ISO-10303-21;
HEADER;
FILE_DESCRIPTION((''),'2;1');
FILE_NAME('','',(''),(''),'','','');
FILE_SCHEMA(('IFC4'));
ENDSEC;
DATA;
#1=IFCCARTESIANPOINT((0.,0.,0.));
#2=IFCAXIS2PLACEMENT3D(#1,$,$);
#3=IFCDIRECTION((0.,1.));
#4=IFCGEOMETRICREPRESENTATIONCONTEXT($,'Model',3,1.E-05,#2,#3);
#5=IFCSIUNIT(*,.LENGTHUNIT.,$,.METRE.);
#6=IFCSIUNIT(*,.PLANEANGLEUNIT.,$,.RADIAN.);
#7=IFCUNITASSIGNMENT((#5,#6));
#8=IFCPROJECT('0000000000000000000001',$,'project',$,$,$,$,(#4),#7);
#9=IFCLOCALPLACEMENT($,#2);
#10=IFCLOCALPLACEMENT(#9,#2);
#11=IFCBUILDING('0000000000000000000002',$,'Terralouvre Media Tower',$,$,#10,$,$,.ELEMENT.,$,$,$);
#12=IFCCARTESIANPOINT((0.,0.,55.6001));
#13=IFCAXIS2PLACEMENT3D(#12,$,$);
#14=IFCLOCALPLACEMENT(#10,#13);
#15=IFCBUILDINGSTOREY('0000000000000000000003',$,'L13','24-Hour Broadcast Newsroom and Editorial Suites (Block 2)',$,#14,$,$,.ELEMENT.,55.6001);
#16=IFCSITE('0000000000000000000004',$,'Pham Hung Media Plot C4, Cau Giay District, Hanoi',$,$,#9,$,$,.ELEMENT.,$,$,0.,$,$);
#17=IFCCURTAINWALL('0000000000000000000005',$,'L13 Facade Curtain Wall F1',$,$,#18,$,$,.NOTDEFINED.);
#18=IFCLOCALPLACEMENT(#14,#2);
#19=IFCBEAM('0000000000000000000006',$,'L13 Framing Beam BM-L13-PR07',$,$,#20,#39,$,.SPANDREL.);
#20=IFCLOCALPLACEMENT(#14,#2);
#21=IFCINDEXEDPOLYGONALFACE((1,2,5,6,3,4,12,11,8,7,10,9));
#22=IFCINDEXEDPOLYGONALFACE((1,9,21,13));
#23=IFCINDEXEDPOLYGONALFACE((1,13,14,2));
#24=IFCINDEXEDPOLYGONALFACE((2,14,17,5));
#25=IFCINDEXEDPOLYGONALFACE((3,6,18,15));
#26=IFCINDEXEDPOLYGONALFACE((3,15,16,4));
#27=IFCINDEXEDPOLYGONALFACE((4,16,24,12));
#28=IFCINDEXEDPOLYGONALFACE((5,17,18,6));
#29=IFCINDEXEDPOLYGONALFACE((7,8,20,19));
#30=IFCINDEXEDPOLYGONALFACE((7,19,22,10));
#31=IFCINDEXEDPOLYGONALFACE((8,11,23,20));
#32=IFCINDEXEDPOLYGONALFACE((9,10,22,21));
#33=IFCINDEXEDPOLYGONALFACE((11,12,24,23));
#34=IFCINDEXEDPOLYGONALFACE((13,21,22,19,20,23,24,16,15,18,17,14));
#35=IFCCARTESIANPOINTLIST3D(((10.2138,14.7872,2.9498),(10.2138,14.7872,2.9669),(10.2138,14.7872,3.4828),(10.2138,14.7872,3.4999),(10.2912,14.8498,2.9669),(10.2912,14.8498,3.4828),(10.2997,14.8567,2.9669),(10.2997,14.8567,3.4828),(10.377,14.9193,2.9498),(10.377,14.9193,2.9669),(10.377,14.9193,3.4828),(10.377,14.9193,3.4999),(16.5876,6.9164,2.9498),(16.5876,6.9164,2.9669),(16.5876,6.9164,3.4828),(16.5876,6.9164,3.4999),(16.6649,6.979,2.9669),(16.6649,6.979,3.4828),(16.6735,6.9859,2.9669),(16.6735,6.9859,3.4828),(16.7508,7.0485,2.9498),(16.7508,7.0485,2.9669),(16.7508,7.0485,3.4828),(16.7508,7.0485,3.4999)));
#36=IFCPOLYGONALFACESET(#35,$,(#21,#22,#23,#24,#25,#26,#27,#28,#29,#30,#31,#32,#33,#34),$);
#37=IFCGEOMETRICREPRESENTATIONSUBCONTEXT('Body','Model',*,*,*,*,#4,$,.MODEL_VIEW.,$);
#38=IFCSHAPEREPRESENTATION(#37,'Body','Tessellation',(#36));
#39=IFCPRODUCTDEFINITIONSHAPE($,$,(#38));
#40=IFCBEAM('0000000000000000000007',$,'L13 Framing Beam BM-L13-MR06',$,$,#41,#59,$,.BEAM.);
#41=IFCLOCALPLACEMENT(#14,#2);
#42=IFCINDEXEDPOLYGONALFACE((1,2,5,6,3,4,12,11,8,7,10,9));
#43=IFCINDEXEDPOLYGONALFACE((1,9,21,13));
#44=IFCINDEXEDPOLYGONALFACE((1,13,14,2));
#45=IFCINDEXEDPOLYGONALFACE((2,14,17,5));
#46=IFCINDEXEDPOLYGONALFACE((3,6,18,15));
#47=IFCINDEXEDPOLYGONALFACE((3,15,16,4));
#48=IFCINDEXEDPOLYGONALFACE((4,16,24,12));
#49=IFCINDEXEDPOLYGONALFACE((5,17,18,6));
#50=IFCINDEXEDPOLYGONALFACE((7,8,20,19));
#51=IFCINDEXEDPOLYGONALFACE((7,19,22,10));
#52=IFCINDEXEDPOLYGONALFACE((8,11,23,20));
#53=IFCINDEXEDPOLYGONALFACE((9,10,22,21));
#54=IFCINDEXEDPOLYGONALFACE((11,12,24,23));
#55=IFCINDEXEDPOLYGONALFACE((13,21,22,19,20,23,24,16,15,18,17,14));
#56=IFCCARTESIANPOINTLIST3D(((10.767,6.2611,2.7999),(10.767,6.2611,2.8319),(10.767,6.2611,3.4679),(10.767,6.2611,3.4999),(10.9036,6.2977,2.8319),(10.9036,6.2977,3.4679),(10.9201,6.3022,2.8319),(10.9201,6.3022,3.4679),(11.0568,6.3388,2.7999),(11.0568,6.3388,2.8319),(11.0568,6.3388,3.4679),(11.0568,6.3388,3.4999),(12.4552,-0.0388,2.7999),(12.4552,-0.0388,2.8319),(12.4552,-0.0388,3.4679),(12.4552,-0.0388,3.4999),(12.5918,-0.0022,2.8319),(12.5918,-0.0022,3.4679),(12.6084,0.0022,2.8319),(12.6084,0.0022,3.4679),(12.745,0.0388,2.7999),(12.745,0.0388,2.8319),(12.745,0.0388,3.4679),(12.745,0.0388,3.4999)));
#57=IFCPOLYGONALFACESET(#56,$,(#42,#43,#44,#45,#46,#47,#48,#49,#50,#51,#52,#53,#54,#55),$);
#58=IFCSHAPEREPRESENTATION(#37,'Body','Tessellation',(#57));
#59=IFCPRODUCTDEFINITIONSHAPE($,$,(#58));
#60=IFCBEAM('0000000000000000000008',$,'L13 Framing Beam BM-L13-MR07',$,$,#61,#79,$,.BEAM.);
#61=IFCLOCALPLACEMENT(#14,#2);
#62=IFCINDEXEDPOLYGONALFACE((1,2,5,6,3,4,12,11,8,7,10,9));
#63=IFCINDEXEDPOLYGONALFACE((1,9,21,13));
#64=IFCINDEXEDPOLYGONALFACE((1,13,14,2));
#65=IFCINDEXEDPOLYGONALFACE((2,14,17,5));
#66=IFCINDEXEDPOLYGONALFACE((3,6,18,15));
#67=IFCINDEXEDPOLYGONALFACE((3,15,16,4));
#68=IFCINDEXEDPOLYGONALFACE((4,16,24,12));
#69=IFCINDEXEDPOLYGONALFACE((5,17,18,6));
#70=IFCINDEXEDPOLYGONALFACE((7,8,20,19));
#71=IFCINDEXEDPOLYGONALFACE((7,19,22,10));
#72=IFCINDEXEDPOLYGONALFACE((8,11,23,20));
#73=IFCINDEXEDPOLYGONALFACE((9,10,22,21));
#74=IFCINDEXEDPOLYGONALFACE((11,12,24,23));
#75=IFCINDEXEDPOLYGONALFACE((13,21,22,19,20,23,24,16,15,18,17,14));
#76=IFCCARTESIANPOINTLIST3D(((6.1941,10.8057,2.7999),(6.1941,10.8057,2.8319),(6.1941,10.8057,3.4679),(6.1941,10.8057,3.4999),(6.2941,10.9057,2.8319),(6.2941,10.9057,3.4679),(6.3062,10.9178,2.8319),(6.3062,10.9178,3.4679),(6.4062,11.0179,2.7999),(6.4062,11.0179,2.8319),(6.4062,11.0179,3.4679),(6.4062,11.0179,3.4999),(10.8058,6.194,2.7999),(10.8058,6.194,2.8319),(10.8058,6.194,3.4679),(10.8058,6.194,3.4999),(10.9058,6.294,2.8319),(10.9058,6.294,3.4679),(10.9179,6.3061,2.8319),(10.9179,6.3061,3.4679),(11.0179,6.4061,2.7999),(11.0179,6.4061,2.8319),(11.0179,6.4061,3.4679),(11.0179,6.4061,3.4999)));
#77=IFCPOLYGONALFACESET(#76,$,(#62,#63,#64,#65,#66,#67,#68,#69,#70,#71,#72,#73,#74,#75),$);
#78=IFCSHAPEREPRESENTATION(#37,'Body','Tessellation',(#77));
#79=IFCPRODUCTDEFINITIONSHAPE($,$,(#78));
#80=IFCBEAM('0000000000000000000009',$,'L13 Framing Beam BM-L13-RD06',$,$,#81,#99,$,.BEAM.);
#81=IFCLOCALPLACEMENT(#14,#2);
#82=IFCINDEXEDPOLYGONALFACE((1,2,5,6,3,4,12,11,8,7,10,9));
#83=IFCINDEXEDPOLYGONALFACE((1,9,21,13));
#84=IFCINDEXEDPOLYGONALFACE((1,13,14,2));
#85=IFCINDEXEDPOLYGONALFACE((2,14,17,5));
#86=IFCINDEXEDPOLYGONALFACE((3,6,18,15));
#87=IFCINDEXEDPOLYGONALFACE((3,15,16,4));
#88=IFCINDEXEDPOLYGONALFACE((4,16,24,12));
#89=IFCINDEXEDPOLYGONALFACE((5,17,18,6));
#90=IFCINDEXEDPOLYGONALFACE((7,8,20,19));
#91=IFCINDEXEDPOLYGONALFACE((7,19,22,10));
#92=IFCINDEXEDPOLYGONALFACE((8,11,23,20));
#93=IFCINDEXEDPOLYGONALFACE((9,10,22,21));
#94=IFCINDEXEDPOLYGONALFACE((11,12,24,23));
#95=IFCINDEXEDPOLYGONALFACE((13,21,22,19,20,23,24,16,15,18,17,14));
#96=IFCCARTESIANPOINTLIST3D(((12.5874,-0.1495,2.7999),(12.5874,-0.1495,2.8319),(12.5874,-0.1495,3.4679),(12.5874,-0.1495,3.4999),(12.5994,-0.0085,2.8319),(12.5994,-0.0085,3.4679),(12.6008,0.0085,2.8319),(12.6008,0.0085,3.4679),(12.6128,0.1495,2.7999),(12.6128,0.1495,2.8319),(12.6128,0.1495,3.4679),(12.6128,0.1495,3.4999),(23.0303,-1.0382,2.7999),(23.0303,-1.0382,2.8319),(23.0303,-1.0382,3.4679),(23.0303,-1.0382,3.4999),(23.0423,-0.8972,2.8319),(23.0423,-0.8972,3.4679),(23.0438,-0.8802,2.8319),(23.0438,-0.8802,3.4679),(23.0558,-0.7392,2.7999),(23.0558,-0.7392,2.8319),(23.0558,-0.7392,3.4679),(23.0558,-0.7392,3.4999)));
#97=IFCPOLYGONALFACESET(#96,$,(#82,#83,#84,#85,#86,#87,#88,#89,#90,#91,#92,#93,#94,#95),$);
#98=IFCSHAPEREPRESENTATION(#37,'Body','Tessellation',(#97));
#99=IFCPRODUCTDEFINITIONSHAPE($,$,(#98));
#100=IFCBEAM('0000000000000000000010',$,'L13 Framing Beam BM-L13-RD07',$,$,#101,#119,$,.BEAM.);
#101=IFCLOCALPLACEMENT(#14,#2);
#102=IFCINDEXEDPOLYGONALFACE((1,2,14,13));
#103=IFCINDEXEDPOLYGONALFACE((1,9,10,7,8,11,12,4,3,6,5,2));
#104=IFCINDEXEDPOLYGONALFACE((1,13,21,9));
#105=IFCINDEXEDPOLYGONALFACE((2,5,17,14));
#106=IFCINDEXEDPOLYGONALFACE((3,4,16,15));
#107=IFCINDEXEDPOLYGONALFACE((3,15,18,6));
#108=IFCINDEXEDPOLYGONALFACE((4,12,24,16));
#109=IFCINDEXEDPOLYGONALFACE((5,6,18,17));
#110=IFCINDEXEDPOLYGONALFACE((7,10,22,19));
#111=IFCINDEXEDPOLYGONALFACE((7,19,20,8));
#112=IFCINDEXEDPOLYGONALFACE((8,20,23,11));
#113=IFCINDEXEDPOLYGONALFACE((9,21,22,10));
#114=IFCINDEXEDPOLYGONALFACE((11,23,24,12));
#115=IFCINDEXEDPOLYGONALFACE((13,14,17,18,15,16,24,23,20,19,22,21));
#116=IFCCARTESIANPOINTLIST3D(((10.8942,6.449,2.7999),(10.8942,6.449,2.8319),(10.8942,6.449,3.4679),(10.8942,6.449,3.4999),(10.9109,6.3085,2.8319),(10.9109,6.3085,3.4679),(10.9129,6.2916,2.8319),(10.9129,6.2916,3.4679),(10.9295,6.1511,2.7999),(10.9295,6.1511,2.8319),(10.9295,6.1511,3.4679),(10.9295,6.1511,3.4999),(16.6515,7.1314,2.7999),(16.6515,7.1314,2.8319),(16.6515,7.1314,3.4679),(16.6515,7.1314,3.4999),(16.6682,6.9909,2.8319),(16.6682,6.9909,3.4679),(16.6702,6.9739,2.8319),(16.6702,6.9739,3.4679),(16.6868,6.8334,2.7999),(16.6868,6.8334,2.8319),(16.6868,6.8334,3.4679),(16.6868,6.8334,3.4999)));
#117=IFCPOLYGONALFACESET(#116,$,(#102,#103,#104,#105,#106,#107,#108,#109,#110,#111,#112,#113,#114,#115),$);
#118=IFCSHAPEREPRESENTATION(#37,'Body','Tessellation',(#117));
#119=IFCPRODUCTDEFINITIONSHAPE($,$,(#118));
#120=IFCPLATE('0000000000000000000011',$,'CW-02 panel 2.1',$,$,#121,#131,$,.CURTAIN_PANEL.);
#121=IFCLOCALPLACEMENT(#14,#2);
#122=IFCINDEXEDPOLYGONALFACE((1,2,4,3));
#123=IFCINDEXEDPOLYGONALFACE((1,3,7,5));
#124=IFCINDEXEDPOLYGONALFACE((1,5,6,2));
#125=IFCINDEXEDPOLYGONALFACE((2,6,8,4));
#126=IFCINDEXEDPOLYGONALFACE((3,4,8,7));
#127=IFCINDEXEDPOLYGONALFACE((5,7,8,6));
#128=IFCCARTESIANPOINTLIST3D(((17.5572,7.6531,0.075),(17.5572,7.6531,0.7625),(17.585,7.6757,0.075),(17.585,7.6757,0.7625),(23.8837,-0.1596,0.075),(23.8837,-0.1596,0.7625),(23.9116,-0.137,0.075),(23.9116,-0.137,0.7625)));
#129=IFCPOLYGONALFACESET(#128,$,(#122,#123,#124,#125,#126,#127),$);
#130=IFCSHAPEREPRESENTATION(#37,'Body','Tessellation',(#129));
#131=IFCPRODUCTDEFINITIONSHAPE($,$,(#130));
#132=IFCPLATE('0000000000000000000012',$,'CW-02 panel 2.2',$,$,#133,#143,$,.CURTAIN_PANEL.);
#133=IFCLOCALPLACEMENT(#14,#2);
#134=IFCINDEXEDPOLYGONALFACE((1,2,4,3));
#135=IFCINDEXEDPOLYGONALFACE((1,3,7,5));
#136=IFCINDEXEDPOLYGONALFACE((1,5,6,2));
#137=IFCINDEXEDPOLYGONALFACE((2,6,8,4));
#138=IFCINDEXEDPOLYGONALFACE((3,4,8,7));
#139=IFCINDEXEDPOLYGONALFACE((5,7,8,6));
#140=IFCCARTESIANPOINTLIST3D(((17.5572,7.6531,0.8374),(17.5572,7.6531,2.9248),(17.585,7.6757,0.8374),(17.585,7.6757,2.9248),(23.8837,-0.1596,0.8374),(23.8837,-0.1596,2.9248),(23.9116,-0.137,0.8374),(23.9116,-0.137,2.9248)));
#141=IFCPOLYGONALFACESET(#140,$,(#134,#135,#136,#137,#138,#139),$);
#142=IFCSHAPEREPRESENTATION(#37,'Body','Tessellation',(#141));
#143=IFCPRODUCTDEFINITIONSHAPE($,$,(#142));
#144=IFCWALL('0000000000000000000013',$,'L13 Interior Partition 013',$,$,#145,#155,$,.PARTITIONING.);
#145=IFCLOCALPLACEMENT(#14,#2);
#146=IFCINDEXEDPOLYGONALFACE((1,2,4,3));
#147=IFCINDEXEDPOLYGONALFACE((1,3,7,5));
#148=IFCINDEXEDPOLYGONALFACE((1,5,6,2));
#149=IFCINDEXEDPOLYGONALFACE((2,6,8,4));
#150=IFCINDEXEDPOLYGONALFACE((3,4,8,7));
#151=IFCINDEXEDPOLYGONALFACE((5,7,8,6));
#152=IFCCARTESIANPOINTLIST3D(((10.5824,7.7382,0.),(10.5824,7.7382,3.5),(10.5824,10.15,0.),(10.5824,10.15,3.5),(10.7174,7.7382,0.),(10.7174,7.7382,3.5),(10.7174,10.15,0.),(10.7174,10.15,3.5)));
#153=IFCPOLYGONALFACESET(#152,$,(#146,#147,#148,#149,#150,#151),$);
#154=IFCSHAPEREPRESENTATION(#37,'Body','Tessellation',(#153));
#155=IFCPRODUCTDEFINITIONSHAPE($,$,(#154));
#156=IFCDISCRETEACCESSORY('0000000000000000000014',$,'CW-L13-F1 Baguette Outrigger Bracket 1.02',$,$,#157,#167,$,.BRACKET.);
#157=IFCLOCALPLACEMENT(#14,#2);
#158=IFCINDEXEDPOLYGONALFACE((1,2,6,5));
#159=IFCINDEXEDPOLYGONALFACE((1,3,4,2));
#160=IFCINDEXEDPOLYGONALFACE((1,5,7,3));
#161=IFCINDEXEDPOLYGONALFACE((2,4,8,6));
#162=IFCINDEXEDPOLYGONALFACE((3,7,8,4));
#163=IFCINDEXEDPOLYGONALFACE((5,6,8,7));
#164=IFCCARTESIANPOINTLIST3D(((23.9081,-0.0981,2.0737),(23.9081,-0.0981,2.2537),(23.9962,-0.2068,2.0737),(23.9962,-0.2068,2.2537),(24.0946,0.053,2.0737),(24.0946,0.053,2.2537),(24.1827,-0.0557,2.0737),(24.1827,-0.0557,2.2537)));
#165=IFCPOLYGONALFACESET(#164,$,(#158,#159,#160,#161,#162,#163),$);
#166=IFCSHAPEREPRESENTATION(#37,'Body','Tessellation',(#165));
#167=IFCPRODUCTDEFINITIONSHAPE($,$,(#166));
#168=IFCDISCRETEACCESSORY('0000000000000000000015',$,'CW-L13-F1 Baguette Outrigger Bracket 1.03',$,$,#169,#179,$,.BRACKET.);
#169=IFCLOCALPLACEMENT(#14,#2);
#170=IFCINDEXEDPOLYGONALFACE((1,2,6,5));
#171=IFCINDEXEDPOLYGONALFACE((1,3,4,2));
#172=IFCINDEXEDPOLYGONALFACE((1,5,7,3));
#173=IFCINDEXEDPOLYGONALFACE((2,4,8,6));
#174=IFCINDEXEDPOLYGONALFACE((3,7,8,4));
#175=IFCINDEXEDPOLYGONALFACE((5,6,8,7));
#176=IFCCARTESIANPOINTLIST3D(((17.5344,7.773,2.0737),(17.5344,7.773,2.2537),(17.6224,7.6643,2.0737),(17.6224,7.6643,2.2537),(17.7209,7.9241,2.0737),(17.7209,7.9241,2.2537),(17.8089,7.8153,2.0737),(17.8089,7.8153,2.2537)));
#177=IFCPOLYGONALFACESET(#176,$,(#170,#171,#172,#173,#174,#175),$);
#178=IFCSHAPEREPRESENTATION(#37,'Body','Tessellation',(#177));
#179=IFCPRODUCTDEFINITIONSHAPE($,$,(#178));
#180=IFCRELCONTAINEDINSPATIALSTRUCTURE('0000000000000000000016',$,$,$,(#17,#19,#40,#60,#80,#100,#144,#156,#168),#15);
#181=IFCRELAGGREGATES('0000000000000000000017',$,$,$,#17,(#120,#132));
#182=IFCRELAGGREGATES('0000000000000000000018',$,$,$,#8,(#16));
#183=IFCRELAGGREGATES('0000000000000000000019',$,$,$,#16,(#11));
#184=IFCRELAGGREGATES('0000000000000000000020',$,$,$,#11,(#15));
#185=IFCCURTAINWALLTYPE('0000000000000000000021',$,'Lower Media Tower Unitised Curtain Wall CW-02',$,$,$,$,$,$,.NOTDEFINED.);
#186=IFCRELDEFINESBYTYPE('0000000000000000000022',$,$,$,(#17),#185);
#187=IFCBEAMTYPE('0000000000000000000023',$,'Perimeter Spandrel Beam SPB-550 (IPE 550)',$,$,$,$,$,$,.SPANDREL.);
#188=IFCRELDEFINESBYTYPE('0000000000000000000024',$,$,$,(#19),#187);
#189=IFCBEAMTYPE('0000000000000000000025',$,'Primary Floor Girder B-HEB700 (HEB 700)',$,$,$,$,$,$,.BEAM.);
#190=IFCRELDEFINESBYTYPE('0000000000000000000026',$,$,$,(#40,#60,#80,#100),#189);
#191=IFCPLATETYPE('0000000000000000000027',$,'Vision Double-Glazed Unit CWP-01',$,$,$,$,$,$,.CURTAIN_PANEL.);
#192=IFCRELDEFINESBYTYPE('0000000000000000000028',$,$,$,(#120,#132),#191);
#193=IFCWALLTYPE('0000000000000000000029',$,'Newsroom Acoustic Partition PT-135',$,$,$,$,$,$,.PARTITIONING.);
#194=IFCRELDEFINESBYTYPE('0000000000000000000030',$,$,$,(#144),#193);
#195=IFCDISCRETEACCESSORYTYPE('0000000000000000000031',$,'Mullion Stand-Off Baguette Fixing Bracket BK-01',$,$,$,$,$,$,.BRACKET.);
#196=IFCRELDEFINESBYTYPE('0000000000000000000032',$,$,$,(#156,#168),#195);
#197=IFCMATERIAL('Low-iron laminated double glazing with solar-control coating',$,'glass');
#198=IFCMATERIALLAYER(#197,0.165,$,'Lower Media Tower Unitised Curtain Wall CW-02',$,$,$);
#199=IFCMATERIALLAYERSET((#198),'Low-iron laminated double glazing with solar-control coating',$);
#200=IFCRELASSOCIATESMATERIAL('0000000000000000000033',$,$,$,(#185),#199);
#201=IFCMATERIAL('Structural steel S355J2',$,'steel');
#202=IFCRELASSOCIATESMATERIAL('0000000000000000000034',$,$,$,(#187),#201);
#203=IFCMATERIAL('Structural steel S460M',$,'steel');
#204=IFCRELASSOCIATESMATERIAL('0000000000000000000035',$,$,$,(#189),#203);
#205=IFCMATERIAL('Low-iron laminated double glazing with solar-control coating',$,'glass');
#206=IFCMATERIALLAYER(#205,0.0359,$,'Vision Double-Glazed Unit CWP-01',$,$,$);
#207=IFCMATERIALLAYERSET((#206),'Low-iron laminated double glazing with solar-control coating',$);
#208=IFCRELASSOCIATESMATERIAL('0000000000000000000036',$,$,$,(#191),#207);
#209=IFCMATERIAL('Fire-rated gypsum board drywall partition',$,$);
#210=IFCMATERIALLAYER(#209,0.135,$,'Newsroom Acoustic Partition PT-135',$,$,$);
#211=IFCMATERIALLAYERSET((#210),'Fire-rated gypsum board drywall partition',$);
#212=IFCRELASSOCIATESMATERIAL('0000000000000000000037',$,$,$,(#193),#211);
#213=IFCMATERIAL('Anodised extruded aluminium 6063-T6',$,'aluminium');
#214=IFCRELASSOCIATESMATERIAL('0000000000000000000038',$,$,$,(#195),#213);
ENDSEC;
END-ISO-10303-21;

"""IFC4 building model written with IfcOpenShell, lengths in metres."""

from ifc_helpers import new_model, si_unit, direction, frame, frame_2d, origin, origin_2d, place, context, subcontext, project, spatial, rectangle, i_section, extrude, material, layer, layer_set, material_profile, profile_set, type_object, element, aggregate, save


model = new_model("IFC4")

# Units and contexts
model_context = context("Model", 3, precision=1e-05, world=origin(), true_north=direction((0.0, 1.0)))
body_context = subcontext(model_context, "Body", "Model", "MODEL_VIEW")
ifc_project = project(units=[si_unit("LENGTHUNIT", "METRE"), si_unit("PLANEANGLEUNIT", "RADIAN")], contexts=[model_context])

# Site, building, storey
site_placement = place(None, origin())
site = spatial("IfcSite", under=ifc_project, at=site_placement, Name="Pham Hung Media Plot C4, Cau Giay District, Hanoi", CompositionType="ELEMENT", RefElevation=0.0)
building_placement = place(site_placement, origin())
building = spatial("IfcBuilding", under=site, at=building_placement, Name="Terralouvre Media Tower", CompositionType="ELEMENT")
storey_placement = place(building_placement, frame((0.0, 0.0, 55.6001)))
storey = spatial("IfcBuildingStorey", under=building, at=storey_placement, Name="L13", Description="24-Hour Broadcast Newsroom and Editorial Suites (Block 2)", CompositionType="ELEMENT", Elevation=55.6001)

# Curtain wall
ifc_material_1 = material(Name="Low-iron laminated double glazing with solar-control coating", Category="glass")
ifc_layer_1 = layer(ifc_material_1, 0.165, Name="Lower Media Tower Unitised Curtain Wall CW-02")
ifc_layer_set_1 = layer_set([ifc_layer_1], Name="Low-iron laminated double glazing with solar-control coating")
curtain_wall_type = type_object("IfcCurtainWallType", Name="Lower Media Tower Unitised Curtain Wall CW-02", PredefinedType="NOTDEFINED", material=ifc_layer_set_1)
curtain_wall_placement = place(storey_placement, origin())
curtain_wall = element("IfcCurtainWall", 1, at=curtain_wall_placement, inside=storey, type_object=curtain_wall_type, Name="L13 Facade Curtain Wall F1", PredefinedType="NOTDEFINED")

# Beams
ifc_material_2 = material(Name="Structural steel S355J2", Category="steel")
ifc_material_profile_1 = material_profile(ifc_material_2, i_section(OverallWidth=0.21, OverallDepth=0.55, WebThickness=0.011, FlangeThickness=0.0171, at=origin_2d()), Name="IPE 550")
ifc_profile_set_1 = profile_set([ifc_material_profile_1], Name="Structural steel S355J2")
beam_type_1 = type_object("IfcBeamType", Name="Perimeter Spandrel Beam SPB-550 (IPE 550)", PredefinedType="SPANDREL", material=ifc_profile_set_1)
beam_1_placement = place(storey_placement, frame((16.6692, 6.9824, 3.2249), z_axis=(-0.629326, 0.777142, 0.0), x_axis=(-0.777142, -0.629326, 0.0)))
element("IfcBeam", 2, at=beam_1_placement, inside=storey, type_object=beam_type_1, Name="L13 Framing Beam BM-L13-PR07", PredefinedType="SPANDREL", context=body_context, shape_type="SweptSolid", body=[
    extrude(i_section(OverallWidth=0.21, OverallDepth=0.55, WebThickness=0.011, FlangeThickness=0.0171, at=origin_2d()), origin(), (0.0, 0.0, 1.0), 10.1279),
])
ifc_material_3 = material(Name="Structural steel S460M", Category="steel")
ifc_material_profile_2 = material_profile(ifc_material_3, i_section(OverallWidth=0.3, OverallDepth=0.7, WebThickness=0.0171, FlangeThickness=0.032, at=origin_2d()), Name="HEB 700")
ifc_profile_set_2 = profile_set([ifc_material_profile_2], Name="Structural steel S460M")
beam_type_2 = type_object("IfcBeamType", Name="Primary Floor Girder B-HEB700 (HEB 700)", PredefinedType="BEAM", material=ifc_profile_set_2)
beam_2_placement = place(storey_placement, frame((12.6001, 0.0, 3.1499), z_axis=(-0.258839, 0.96592, 0.0), x_axis=(-0.96592, -0.258839, 0.0)))
element("IfcBeam", 3, at=beam_2_placement, inside=storey, type_object=beam_type_2, Name="L13 Framing Beam BM-L13-MR06", PredefinedType="BEAM", context=body_context, shape_type="SweptSolid", body=[
    extrude(i_section(OverallWidth=0.3, OverallDepth=0.7, WebThickness=0.0171, FlangeThickness=0.032, at=origin_2d()), origin(), (0.0, 0.0, 1.0), 6.5222),
])
beam_3_placement = place(storey_placement, frame((10.9119, 6.3, 3.1499), z_axis=(-0.707107, 0.707107, 0.0), x_axis=(-0.707107, -0.707107, 0.0)))
element("IfcBeam", 4, at=beam_3_placement, inside=storey, type_object=beam_type_2, Name="L13 Framing Beam BM-L13-MR07", PredefinedType="BEAM", context=body_context, shape_type="SweptSolid", body=[
    extrude(i_section(OverallWidth=0.3, OverallDepth=0.7, WebThickness=0.0171, FlangeThickness=0.032, at=origin_2d()), origin(), (0.0, 0.0, 1.0), 6.522),
])
beam_4_placement = place(storey_placement, frame((12.6001, 0.0, 3.1499), z_axis=(0.996399, -0.084792, 0.0), x_axis=(0.084792, 0.996399, 0.0)))
element("IfcBeam", 5, at=beam_4_placement, inside=storey, type_object=beam_type_2, Name="L13 Framing Beam BM-L13-RD06", PredefinedType="BEAM", context=body_context, shape_type="SweptSolid", body=[
    extrude(i_section(OverallWidth=0.3, OverallDepth=0.7, WebThickness=0.0171, FlangeThickness=0.032, at=origin_2d()), origin(), (0.0, 0.0, 1.0), 10.4807),
])
beam_5_placement = place(storey_placement, frame((10.9119, 6.3, 3.1499), z_axis=(0.993049, 0.117699, 0.0), x_axis=(-0.117699, 0.993049, 0.0)))
element("IfcBeam", 6, at=beam_5_placement, inside=storey, type_object=beam_type_2, Name="L13 Framing Beam BM-L13-RD07", PredefinedType="BEAM", context=body_context, shape_type="SweptSolid", body=[
    extrude(i_section(OverallWidth=0.3, OverallDepth=0.7, WebThickness=0.0171, FlangeThickness=0.032, at=origin_2d()), origin(), (0.0, 0.0, 1.0), 5.7976),
])

# Plates
ifc_material_4 = material(Name="Low-iron laminated double glazing with solar-control coating", Category="glass")
ifc_layer_2 = layer(ifc_material_4, 0.0359, Name="Vision Double-Glazed Unit CWP-01")
ifc_layer_set_2 = layer_set([ifc_layer_2], Name="Low-iron laminated double glazing with solar-control coating")
plate_type = type_object("IfcPlateType", Name="Vision Double-Glazed Unit CWP-01", PredefinedType="CURTAIN_PANEL", material=ifc_layer_set_2)
plate_1_placement = place(storey_placement, frame((20.7344, 3.7581, 0.075), z_axis=(0.0, 0.0, 1.0), x_axis=(-0.62932, 0.777146, 0.0)))
plate_1 = element("IfcPlate", 7, at=plate_1_placement, type_object=plate_type, Name="CW-02 panel 2.1", PredefinedType="CURTAIN_PANEL", context=body_context, shape_type="SweptSolid", body=[
    extrude(rectangle(XDim=10.053, YDim=0.0359, at=origin_2d()), origin(), (0.0, 0.0, 1.0), 0.6875),
])
plate_2_placement = place(storey_placement, frame((20.7344, 3.7581, 0.8374), z_axis=(0.0, 0.0, 1.0), x_axis=(-0.62932, 0.777146, 0.0)))
plate_2 = element("IfcPlate", 8, at=plate_2_placement, type_object=plate_type, Name="CW-02 panel 2.2", PredefinedType="CURTAIN_PANEL", context=body_context, shape_type="SweptSolid", body=[
    extrude(rectangle(XDim=10.053, YDim=0.0359, at=origin_2d()), origin(), (0.0, 0.0, 1.0), 2.0874),
])
aggregate(curtain_wall, [plate_1, plate_2])

# Wall
ifc_material_5 = material(Name="Fire-rated gypsum board drywall partition")
ifc_layer_3 = layer(ifc_material_5, 0.135, Name="Newsroom Acoustic Partition PT-135")
ifc_layer_set_3 = layer_set([ifc_layer_3], Name="Fire-rated gypsum board drywall partition")
wall_type = type_object("IfcWallType", Name="Newsroom Acoustic Partition PT-135", PredefinedType="PARTITIONING", material=ifc_layer_set_3)
wall_placement = place(storey_placement, frame((10.6499, 7.738, 0.0), z_axis=(0.0, 0.0, 1.0), x_axis=(0.0, 1.0, 0.0)))
element("IfcWall", 9, at=wall_placement, inside=storey, type_object=wall_type, Name="L13 Interior Partition 013", PredefinedType="PARTITIONING", context=body_context, shape_type="SweptSolid", body=[
    extrude(rectangle(XDim=2.4119, YDim=0.135, at=frame_2d((1.2061, 0.0))), origin(), (0.0, 0.0, 1.0), 3.5),
])

# Discrete accessories
ifc_material_6 = material(Name="Anodised extruded aluminium 6063-T6", Category="aluminium")
discrete_accessory_type = type_object("IfcDiscreteAccessoryType", Name="Mullion Stand-Off Baguette Fixing Bracket BK-01", PredefinedType="BRACKET", material=ifc_material_6)
for number, where, z_axis, x_axis, name in (
    (10, (24.0454, -0.0769, 2.0737), (0.0, 0.0, 1.0), (-0.62932, 0.777146, 0.0), "CW-L13-F1 Baguette Outrigger Bracket 1.02"),
    (11, (17.6716, 7.7942, 2.0737), (0.0, 0.0, 1.0), (-0.62932, 0.777146, 0.0), "CW-L13-F1 Baguette Outrigger Bracket 1.03"),
):
    element("IfcDiscreteAccessory", number, at=place(storey_placement, frame(where, z_axis=z_axis, x_axis=x_axis)), inside=storey, type_object=discrete_accessory_type, Name=name, PredefinedType="BRACKET", context=body_context, shape_type="SweptSolid", body=[
        extrude(rectangle(XDim=0.1399, YDim=0.24, at=origin_2d()), origin(), (0.0, 0.0, 1.0), 0.1799),
    ])

save(model, "model.ifc")
